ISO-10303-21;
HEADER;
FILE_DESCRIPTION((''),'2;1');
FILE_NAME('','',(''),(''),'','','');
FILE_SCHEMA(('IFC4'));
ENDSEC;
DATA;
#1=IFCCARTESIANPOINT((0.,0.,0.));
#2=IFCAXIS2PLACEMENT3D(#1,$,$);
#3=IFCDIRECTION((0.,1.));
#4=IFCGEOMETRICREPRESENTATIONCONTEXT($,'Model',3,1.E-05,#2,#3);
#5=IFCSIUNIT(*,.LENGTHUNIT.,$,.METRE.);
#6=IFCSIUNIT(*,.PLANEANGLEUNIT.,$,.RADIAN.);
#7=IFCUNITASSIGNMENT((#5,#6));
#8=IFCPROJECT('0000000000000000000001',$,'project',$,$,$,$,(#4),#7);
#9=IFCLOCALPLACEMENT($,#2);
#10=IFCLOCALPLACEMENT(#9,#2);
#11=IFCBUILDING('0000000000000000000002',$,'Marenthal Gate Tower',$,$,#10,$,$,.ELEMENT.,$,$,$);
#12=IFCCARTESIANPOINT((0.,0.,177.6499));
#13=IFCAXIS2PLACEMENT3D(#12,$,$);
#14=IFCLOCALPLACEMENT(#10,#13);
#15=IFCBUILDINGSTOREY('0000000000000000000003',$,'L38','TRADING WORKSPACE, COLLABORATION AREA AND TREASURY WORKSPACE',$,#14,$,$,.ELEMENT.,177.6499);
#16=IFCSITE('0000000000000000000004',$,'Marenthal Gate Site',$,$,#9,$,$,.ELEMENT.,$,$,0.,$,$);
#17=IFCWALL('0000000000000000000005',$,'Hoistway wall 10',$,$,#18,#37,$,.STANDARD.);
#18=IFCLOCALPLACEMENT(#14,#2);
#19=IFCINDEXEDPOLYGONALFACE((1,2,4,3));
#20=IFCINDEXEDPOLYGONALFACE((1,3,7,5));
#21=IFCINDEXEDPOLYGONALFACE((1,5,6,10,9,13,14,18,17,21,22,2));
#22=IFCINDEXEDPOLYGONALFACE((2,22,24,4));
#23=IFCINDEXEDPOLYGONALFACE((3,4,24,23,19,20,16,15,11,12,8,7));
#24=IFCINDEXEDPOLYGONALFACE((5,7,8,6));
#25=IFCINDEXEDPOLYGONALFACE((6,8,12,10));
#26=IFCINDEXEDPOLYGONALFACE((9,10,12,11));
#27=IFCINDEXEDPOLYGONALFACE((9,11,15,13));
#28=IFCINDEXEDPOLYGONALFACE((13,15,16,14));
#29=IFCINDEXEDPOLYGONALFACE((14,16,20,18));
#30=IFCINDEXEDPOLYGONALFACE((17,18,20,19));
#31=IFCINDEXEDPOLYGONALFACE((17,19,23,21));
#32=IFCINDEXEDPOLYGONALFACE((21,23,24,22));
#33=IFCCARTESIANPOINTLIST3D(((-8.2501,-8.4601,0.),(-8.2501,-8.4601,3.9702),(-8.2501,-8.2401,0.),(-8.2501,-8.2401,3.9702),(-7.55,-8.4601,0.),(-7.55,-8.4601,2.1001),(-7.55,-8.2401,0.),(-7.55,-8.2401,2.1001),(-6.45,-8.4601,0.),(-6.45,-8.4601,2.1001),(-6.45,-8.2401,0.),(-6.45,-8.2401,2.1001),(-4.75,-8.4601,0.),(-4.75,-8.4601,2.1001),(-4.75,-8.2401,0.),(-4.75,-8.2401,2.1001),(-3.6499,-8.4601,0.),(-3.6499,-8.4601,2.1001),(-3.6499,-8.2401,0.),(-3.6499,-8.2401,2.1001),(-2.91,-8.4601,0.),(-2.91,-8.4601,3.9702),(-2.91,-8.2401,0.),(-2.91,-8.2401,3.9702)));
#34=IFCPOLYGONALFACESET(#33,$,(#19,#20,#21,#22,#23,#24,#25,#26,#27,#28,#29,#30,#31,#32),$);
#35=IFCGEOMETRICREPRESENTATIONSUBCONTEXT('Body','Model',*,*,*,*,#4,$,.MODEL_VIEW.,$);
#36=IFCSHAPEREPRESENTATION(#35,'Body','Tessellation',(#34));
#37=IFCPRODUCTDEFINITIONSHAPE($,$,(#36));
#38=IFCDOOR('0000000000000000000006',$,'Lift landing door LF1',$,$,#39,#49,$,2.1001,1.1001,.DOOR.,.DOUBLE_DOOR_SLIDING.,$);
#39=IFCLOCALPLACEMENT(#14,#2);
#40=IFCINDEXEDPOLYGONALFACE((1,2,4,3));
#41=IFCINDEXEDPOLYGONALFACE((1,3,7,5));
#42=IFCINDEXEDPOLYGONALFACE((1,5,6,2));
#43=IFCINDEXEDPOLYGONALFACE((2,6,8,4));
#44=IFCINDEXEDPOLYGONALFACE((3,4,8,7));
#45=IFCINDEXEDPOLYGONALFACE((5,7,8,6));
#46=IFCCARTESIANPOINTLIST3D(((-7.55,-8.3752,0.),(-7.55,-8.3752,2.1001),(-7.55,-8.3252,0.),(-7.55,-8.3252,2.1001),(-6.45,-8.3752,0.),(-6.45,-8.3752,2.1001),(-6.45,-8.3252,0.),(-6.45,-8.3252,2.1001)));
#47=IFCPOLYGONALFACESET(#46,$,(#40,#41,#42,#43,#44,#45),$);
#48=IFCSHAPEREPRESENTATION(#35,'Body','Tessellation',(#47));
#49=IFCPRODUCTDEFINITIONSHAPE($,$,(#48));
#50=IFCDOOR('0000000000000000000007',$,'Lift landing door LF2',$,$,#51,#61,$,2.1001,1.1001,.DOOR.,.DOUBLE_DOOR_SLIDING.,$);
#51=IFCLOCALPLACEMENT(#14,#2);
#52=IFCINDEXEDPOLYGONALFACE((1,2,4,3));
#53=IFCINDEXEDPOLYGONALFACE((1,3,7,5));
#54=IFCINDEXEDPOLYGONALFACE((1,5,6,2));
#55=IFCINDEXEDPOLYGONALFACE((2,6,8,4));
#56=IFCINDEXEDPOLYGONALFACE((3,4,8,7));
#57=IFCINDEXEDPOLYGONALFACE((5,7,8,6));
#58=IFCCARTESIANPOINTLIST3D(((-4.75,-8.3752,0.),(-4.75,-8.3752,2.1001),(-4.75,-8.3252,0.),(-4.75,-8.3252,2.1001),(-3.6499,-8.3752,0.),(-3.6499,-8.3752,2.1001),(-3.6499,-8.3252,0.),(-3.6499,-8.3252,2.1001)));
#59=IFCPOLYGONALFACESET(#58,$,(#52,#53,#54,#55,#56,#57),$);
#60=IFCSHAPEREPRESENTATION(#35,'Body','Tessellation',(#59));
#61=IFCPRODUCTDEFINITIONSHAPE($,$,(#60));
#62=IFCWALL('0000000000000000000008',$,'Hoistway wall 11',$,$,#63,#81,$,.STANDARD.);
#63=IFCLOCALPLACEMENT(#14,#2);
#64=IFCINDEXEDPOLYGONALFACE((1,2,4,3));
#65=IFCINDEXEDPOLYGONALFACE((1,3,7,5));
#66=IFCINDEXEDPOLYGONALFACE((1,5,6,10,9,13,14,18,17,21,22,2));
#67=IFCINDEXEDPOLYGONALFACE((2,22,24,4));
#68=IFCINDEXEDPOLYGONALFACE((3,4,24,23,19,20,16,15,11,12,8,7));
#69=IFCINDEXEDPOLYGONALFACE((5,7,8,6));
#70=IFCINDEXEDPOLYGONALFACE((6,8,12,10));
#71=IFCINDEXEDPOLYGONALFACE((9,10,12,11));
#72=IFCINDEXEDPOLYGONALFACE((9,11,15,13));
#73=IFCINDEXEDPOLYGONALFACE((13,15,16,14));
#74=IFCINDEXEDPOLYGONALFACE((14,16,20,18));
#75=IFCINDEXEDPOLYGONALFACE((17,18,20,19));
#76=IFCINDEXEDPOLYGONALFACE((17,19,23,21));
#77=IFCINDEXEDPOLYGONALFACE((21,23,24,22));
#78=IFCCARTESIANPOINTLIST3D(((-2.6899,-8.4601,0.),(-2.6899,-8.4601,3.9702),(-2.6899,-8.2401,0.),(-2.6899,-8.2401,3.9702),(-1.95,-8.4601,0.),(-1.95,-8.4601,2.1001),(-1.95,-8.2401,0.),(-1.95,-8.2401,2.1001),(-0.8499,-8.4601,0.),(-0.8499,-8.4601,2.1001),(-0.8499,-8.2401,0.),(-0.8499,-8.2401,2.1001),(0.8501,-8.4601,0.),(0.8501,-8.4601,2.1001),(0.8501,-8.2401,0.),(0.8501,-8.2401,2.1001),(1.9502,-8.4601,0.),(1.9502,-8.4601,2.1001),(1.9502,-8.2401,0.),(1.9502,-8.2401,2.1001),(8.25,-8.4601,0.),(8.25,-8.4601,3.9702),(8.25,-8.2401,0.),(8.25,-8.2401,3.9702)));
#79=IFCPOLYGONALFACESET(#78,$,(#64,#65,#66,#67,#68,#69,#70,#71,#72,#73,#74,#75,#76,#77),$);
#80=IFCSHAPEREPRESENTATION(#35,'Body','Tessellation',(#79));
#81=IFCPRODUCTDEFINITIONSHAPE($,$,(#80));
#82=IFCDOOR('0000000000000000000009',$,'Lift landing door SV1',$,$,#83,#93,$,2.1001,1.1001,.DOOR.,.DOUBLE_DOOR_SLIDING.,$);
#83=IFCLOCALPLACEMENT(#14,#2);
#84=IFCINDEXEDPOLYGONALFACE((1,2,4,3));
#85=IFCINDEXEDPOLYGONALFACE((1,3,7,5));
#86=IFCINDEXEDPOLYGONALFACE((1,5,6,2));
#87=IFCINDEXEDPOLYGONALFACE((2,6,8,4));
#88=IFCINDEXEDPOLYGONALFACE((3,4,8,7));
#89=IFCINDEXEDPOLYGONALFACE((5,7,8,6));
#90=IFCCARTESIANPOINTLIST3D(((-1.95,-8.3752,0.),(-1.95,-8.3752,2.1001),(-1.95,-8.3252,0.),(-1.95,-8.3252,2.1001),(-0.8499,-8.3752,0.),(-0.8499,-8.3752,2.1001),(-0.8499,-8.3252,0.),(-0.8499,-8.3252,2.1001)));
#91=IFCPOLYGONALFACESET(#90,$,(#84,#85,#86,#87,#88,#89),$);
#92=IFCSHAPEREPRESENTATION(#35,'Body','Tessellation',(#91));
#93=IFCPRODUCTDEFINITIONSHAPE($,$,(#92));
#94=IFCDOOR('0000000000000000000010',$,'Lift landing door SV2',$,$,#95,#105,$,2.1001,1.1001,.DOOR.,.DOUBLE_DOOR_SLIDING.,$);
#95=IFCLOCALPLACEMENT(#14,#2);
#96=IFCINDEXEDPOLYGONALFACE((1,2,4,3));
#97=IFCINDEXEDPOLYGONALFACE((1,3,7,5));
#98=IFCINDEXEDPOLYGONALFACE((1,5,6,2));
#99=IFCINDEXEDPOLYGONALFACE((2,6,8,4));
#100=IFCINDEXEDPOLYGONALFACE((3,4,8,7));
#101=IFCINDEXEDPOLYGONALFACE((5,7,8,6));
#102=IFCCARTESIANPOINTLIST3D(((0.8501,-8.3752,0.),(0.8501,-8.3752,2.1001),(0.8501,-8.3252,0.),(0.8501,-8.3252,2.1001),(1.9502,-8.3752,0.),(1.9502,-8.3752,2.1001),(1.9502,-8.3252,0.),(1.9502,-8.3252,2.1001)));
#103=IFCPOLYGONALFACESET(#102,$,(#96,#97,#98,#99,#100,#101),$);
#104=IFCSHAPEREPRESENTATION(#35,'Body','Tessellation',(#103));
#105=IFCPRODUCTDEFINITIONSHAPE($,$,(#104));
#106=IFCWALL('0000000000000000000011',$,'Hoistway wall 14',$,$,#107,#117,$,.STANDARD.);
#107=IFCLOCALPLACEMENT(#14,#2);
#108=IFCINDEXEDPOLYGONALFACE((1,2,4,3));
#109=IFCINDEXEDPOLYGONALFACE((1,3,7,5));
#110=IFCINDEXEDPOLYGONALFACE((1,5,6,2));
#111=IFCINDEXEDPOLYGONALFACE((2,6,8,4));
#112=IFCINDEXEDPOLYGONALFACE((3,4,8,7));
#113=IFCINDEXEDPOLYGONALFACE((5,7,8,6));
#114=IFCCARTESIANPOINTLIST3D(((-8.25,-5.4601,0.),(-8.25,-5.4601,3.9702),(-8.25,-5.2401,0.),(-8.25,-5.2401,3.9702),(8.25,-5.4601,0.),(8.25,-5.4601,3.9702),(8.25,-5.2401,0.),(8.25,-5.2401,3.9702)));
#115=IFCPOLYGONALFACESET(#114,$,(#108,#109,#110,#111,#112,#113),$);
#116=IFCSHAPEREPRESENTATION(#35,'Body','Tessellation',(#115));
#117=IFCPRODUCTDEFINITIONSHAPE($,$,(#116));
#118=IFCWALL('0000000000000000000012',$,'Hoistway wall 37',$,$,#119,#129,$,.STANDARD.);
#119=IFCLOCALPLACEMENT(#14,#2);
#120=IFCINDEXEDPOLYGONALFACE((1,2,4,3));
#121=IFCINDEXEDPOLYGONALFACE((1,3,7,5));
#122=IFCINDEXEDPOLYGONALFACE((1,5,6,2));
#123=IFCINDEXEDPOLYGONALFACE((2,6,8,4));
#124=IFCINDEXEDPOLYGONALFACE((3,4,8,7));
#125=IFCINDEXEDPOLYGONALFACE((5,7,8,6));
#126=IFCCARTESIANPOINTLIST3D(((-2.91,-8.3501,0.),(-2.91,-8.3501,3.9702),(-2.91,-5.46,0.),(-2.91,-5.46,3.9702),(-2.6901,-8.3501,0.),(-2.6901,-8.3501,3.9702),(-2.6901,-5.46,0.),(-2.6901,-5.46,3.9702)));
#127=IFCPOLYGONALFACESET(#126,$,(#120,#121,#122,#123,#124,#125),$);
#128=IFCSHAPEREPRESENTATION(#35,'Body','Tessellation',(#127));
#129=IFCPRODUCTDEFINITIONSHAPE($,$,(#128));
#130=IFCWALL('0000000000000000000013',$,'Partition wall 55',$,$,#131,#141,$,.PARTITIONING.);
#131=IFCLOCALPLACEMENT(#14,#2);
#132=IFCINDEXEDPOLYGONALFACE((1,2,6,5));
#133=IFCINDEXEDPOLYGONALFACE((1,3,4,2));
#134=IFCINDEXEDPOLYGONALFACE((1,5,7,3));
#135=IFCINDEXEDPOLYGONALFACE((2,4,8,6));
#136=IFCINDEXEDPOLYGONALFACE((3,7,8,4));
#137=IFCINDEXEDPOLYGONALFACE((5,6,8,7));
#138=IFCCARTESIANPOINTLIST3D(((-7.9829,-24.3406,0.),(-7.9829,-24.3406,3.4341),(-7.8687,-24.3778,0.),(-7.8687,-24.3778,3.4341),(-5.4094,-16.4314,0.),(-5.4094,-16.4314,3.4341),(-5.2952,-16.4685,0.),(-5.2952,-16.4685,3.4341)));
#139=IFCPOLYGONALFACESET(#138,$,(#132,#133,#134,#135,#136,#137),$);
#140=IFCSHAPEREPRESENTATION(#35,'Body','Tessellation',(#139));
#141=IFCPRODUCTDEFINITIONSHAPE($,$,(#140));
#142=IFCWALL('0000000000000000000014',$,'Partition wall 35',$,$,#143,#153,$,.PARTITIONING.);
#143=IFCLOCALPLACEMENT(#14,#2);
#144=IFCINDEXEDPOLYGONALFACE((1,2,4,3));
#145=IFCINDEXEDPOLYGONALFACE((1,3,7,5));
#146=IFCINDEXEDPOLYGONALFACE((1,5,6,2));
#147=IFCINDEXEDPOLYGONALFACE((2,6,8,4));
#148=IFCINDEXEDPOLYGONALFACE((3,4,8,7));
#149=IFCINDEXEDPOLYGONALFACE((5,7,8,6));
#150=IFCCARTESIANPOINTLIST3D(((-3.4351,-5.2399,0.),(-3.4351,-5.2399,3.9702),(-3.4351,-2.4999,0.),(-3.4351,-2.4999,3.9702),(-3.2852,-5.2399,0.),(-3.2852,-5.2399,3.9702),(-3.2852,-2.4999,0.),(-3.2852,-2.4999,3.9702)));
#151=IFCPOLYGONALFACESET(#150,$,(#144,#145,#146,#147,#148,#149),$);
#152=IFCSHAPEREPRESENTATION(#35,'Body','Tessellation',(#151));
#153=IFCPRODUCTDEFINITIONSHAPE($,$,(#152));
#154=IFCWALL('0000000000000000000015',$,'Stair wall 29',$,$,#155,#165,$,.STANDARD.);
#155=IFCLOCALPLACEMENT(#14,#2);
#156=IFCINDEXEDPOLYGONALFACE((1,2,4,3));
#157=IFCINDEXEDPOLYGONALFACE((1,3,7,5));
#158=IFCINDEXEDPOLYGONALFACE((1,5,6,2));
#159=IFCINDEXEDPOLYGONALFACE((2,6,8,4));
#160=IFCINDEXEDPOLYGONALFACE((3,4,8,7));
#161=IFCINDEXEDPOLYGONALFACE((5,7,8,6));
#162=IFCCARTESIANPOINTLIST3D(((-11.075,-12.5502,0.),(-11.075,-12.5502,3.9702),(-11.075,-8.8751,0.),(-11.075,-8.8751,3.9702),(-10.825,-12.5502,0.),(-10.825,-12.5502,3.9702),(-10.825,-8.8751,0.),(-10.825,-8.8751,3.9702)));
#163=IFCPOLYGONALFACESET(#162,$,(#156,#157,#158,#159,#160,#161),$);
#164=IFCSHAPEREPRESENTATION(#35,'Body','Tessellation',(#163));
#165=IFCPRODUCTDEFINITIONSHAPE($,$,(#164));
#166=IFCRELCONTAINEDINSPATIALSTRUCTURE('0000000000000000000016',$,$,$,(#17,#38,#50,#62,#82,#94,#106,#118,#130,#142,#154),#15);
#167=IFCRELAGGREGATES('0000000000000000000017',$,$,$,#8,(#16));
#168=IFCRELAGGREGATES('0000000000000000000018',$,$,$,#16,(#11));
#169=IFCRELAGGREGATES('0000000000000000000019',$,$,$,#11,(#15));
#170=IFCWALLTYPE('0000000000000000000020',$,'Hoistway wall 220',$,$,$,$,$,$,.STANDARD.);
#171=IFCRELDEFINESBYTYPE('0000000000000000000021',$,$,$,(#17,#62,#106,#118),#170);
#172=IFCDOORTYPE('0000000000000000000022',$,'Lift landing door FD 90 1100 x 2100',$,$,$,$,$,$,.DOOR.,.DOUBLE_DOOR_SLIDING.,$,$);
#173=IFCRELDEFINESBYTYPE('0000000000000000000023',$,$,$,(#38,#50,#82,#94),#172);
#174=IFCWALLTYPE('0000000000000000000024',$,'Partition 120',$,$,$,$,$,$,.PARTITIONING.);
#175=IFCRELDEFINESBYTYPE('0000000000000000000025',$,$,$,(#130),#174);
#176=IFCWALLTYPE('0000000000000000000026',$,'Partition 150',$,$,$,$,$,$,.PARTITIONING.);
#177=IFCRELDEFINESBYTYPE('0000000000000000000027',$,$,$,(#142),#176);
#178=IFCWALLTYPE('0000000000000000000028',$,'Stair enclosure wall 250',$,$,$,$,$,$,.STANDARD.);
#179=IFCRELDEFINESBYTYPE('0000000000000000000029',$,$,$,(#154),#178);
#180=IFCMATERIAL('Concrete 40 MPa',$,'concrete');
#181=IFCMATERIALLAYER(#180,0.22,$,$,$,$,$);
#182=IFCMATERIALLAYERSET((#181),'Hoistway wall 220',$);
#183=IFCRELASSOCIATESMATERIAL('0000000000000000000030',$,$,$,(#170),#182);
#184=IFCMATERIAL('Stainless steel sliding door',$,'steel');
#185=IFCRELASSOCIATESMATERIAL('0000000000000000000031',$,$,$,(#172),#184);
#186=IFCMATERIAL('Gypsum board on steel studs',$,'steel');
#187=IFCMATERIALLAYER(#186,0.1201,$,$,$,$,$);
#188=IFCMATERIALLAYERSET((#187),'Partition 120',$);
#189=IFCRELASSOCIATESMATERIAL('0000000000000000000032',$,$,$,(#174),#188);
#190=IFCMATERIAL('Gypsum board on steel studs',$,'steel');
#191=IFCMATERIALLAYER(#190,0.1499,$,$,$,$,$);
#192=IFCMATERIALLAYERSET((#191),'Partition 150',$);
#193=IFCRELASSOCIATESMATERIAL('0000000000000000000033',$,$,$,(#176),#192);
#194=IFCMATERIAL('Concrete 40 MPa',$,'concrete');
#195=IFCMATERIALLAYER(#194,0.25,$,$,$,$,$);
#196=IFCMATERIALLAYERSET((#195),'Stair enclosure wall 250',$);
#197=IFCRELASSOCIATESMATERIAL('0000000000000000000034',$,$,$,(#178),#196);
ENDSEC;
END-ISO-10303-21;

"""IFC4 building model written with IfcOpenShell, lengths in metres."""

from ifc_helpers import new_model, si_unit, direction, frame, frame_2d, origin, place, context, subcontext, project, spatial, rectangle, extrude, material, layer, layer_set, type_object, element, fill, save


model = new_model("IFC4")

# Units and contexts
model_context = context("Model", 3, precision=1e-05, world=origin(), true_north=direction((0.0, 1.0)))
body_context = subcontext(model_context, "Body", "Model", "MODEL_VIEW")
ifc_project = project(units=[si_unit("LENGTHUNIT", "METRE"), si_unit("PLANEANGLEUNIT", "RADIAN")], contexts=[model_context])

# Site, building, storey
site_placement = place(None, origin())
site = spatial("IfcSite", under=ifc_project, at=site_placement, Name="Marenthal Gate Site", CompositionType="ELEMENT", RefElevation=0.0)
building_placement = place(site_placement, origin())
building = spatial("IfcBuilding", under=site, at=building_placement, Name="Marenthal Gate Tower", CompositionType="ELEMENT")
storey_placement = place(building_placement, frame((0.0, 0.0, 177.6499)))
storey = spatial("IfcBuildingStorey", under=building, at=storey_placement, Name="L38", Description="TRADING WORKSPACE, COLLABORATION AREA AND TREASURY WORKSPACE", CompositionType="ELEMENT", Elevation=177.6499)

# Walls, openings, doors
ifc_material_1 = material(Name="Concrete 40 MPa", Category="concrete")
ifc_layer_1 = layer(ifc_material_1, 0.22)
ifc_layer_set_1 = layer_set([ifc_layer_1], Name="Hoistway wall 220")
wall_type_1 = type_object("IfcWallType", Name="Hoistway wall 220", PredefinedType="STANDARD", material=ifc_layer_set_1)
wall_1_placement = place(storey_placement, frame((-8.25, -8.3501, 0.0), z_axis=(0.0, 0.0, 1.0), x_axis=(1.0, 0.0, 0.0)))
wall_1 = element("IfcWall", 1, at=wall_1_placement, inside=storey, type_object=wall_type_1, Name="Hoistway wall 10", PredefinedType="STANDARD", context=body_context, shape_type="SweptSolid", body=[
    extrude(rectangle(XDim=5.3401, YDim=0.22, at=frame_2d((2.6699, 0.0))), origin(), (0.0, 0.0, 1.0), 3.9702),
])
opening_1_placement = place(wall_1_placement, frame((0.7, 0.0, 0.0)))
opening_1 = element("IfcOpeningElement", 2, at=opening_1_placement, cuts=wall_1, PredefinedType="OPENING", context=body_context, shape_type="SweptSolid", body=[
    extrude(rectangle(XDim=1.1001, YDim=2.1001, at=frame_2d((0.55, 1.05))), frame((0.0, 0.1201, 0.0), z_axis=(0.0, -1.0, 0.0), x_axis=(1.0, 0.0, 0.0)), (0.0, 0.0, 1.0), 0.24),
])
opening_2_placement = place(wall_1_placement, frame((3.5, 0.0, 0.0)))
opening_2 = element("IfcOpeningElement", 3, at=opening_2_placement, cuts=wall_1, PredefinedType="OPENING", context=body_context, shape_type="SweptSolid", body=[
    extrude(rectangle(XDim=1.1001, YDim=2.1001, at=frame_2d((0.55, 1.05))), frame((0.0, 0.1201, 0.0), z_axis=(0.0, -1.0, 0.0), x_axis=(1.0, 0.0, 0.0)), (0.0, 0.0, 1.0), 0.24),
])
ifc_material_2 = material(Name="Stainless steel sliding door", Category="steel")
door_type_1 = type_object("IfcDoorType", Name="Lift landing door FD 90 1100 x 2100", OperationType="DOUBLE_DOOR_SLIDING", PredefinedType="DOOR", material=ifc_material_2)
door_1_placement = place(opening_1_placement, origin())
door_1 = element("IfcDoor", 4, at=door_1_placement, inside=storey, type_object=door_type_1, Name="Lift landing door LF1", OperationType="DOUBLE_DOOR_SLIDING", OverallHeight=2.1001, OverallWidth=1.1001, PredefinedType="DOOR", context=body_context, shape_type="SweptSolid", body=[
    extrude(rectangle(XDim=1.1001, YDim=2.1001, at=frame_2d((0.55, 1.05))), frame((0.0, 0.0249, 0.0), z_axis=(0.0, -1.0, 0.0), x_axis=(1.0, 0.0, 0.0)), (0.0, 0.0, 1.0), 0.05),
])
fill(opening_1, door_1)
door_2_placement = place(opening_2_placement, origin())
door_2 = element("IfcDoor", 5, at=door_2_placement, inside=storey, type_object=door_type_1, Name="Lift landing door LF2", OperationType="DOUBLE_DOOR_SLIDING", OverallHeight=2.1001, OverallWidth=1.1001, PredefinedType="DOOR", context=body_context, shape_type="SweptSolid", body=[
    extrude(rectangle(XDim=1.1001, YDim=2.1001, at=frame_2d((0.55, 1.05))), frame((0.0, 0.0249, 0.0), z_axis=(0.0, -1.0, 0.0), x_axis=(1.0, 0.0, 0.0)), (0.0, 0.0, 1.0), 0.05),
])
fill(opening_2, door_2)
wall_2_placement = place(storey_placement, frame((-2.6899, -8.3501, 0.0), z_axis=(0.0, 0.0, 1.0), x_axis=(1.0, 0.0, 0.0)))
wall_2 = element("IfcWall", 6, at=wall_2_placement, inside=storey, type_object=wall_type_1, Name="Hoistway wall 11", PredefinedType="STANDARD", context=body_context, shape_type="SweptSolid", body=[
    extrude(rectangle(XDim=10.9399, YDim=0.22, at=frame_2d((5.47, 0.0))), origin(), (0.0, 0.0, 1.0), 3.9702),
])
opening_3_placement = place(wall_2_placement, frame((0.74, 0.0, 0.0)))
opening_3 = element("IfcOpeningElement", 7, at=opening_3_placement, cuts=wall_2, PredefinedType="OPENING", context=body_context, shape_type="SweptSolid", body=[
    extrude(rectangle(XDim=1.1001, YDim=2.1001, at=frame_2d((0.55, 1.05))), frame((0.0, 0.1201, 0.0), z_axis=(0.0, -1.0, 0.0), x_axis=(1.0, 0.0, 0.0)), (0.0, 0.0, 1.0), 0.24),
])
opening_4_placement = place(wall_2_placement, frame((3.54, 0.0, 0.0)))
opening_4 = element("IfcOpeningElement", 8, at=opening_4_placement, cuts=wall_2, PredefinedType="OPENING", context=body_context, shape_type="SweptSolid", body=[
    extrude(rectangle(XDim=1.1001, YDim=2.1001, at=frame_2d((0.55, 1.05))), frame((0.0, 0.1201, 0.0), z_axis=(0.0, -1.0, 0.0), x_axis=(1.0, 0.0, 0.0)), (0.0, 0.0, 1.0), 0.24),
])
door_3_placement = place(opening_3_placement, origin())
door_3 = element("IfcDoor", 9, at=door_3_placement, inside=storey, type_object=door_type_1, Name="Lift landing door SV1", OperationType="DOUBLE_DOOR_SLIDING", OverallHeight=2.1001, OverallWidth=1.1001, PredefinedType="DOOR", context=body_context, shape_type="SweptSolid", body=[
    extrude(rectangle(XDim=1.1001, YDim=2.1001, at=frame_2d((0.55, 1.05))), frame((0.0, 0.0249, 0.0), z_axis=(0.0, -1.0, 0.0), x_axis=(1.0, 0.0, 0.0)), (0.0, 0.0, 1.0), 0.05),
])
fill(opening_3, door_3)
door_4_placement = place(opening_4_placement, origin())
door_4 = element("IfcDoor", 10, at=door_4_placement, inside=storey, type_object=door_type_1, Name="Lift landing door SV2", OperationType="DOUBLE_DOOR_SLIDING", OverallHeight=2.1001, OverallWidth=1.1001, PredefinedType="DOOR", context=body_context, shape_type="SweptSolid", body=[
    extrude(rectangle(XDim=1.1001, YDim=2.1001, at=frame_2d((0.55, 1.05))), frame((0.0, 0.0249, 0.0), z_axis=(0.0, -1.0, 0.0), x_axis=(1.0, 0.0, 0.0)), (0.0, 0.0, 1.0), 0.05),
])
fill(opening_4, door_4)

# Walls
wall_3_placement = place(storey_placement, frame((-8.25, -5.3501, 0.0), z_axis=(0.0, 0.0, 1.0), x_axis=(1.0, 0.0, 0.0)))
element("IfcWall", 11, at=wall_3_placement, inside=storey, type_object=wall_type_1, Name="Hoistway wall 14", PredefinedType="STANDARD", context=body_context, shape_type="SweptSolid", body=[
    extrude(rectangle(XDim=16.5, YDim=0.22, at=frame_2d((8.25, 0.0))), origin(), (0.0, 0.0, 1.0), 3.9702),
])
wall_4_placement = place(storey_placement, frame((-2.8, -8.3501, 0.0), z_axis=(0.0, 0.0, 1.0), x_axis=(0.0, 1.0, 0.0)))
element("IfcWall", 12, at=wall_4_placement, inside=storey, type_object=wall_type_1, Name="Hoistway wall 37", PredefinedType="STANDARD", context=body_context, shape_type="SweptSolid", body=[
    extrude(rectangle(XDim=2.8901, YDim=0.22, at=frame_2d((1.4451, 0.0))), origin(), (0.0, 0.0, 1.0), 3.9702),
])
ifc_material_3 = material(Name="Gypsum board on steel studs", Category="steel")
ifc_layer_2 = layer(ifc_material_3, 0.1201)
ifc_layer_set_2 = layer_set([ifc_layer_2], Name="Partition 120")
wall_type_2 = type_object("IfcWallType", Name="Partition 120", PredefinedType="PARTITIONING", material=ifc_layer_set_2)
wall_5_placement = place(storey_placement, frame((-5.3523, -16.45, 0.0), z_axis=(0.0, 0.0, 1.0), x_axis=(-0.309413, -0.950928, 0.0)))
element("IfcWall", 13, at=wall_5_placement, inside=storey, type_object=wall_type_2, Name="Partition wall 55", PredefinedType="PARTITIONING", context=body_context, shape_type="SweptSolid", body=[
    extrude(rectangle(XDim=8.3174, YDim=0.1201, at=frame_2d((4.1587, 0.0))), origin(), (0.0, 0.0, 1.0), 3.4341),
])
ifc_material_4 = material(Name="Gypsum board on steel studs", Category="steel")
ifc_layer_3 = layer(ifc_material_4, 0.1499)
ifc_layer_set_3 = layer_set([ifc_layer_3], Name="Partition 150")
wall_type_3 = type_object("IfcWallType", Name="Partition 150", PredefinedType="PARTITIONING", material=ifc_layer_set_3)
wall_6_placement = place(storey_placement, frame((-3.3601, -5.24, 0.0), z_axis=(0.0, 0.0, 1.0), x_axis=(0.0, 1.0, 0.0)))
element("IfcWall", 14, at=wall_6_placement, inside=storey, type_object=wall_type_3, Name="Partition wall 35", PredefinedType="PARTITIONING", context=body_context, shape_type="SweptSolid", body=[
    extrude(rectangle(XDim=2.74, YDim=0.1499, at=frame_2d((1.3701, 0.0))), origin(), (0.0, 0.0, 1.0), 3.9702),
])
ifc_material_5 = material(Name="Concrete 40 MPa", Category="concrete")
ifc_layer_4 = layer(ifc_material_5, 0.25)
ifc_layer_set_4 = layer_set([ifc_layer_4], Name="Stair enclosure wall 250")
wall_type_4 = type_object("IfcWallType", Name="Stair enclosure wall 250", PredefinedType="STANDARD", material=ifc_layer_set_4)
wall_7_placement = place(storey_placement, frame((-10.95, -12.55, 0.0), z_axis=(0.0, 0.0, 1.0), x_axis=(0.0, 1.0, 0.0)))
element("IfcWall", 15, at=wall_7_placement, inside=storey, type_object=wall_type_4, Name="Stair wall 29", PredefinedType="STANDARD", context=body_context, shape_type="SweptSolid", body=[
    extrude(rectangle(XDim=3.675, YDim=0.25, at=frame_2d((1.8374, 0.0))), origin(), (0.0, 0.0, 1.0), 3.9702),
])

save(model, "model.ifc")
